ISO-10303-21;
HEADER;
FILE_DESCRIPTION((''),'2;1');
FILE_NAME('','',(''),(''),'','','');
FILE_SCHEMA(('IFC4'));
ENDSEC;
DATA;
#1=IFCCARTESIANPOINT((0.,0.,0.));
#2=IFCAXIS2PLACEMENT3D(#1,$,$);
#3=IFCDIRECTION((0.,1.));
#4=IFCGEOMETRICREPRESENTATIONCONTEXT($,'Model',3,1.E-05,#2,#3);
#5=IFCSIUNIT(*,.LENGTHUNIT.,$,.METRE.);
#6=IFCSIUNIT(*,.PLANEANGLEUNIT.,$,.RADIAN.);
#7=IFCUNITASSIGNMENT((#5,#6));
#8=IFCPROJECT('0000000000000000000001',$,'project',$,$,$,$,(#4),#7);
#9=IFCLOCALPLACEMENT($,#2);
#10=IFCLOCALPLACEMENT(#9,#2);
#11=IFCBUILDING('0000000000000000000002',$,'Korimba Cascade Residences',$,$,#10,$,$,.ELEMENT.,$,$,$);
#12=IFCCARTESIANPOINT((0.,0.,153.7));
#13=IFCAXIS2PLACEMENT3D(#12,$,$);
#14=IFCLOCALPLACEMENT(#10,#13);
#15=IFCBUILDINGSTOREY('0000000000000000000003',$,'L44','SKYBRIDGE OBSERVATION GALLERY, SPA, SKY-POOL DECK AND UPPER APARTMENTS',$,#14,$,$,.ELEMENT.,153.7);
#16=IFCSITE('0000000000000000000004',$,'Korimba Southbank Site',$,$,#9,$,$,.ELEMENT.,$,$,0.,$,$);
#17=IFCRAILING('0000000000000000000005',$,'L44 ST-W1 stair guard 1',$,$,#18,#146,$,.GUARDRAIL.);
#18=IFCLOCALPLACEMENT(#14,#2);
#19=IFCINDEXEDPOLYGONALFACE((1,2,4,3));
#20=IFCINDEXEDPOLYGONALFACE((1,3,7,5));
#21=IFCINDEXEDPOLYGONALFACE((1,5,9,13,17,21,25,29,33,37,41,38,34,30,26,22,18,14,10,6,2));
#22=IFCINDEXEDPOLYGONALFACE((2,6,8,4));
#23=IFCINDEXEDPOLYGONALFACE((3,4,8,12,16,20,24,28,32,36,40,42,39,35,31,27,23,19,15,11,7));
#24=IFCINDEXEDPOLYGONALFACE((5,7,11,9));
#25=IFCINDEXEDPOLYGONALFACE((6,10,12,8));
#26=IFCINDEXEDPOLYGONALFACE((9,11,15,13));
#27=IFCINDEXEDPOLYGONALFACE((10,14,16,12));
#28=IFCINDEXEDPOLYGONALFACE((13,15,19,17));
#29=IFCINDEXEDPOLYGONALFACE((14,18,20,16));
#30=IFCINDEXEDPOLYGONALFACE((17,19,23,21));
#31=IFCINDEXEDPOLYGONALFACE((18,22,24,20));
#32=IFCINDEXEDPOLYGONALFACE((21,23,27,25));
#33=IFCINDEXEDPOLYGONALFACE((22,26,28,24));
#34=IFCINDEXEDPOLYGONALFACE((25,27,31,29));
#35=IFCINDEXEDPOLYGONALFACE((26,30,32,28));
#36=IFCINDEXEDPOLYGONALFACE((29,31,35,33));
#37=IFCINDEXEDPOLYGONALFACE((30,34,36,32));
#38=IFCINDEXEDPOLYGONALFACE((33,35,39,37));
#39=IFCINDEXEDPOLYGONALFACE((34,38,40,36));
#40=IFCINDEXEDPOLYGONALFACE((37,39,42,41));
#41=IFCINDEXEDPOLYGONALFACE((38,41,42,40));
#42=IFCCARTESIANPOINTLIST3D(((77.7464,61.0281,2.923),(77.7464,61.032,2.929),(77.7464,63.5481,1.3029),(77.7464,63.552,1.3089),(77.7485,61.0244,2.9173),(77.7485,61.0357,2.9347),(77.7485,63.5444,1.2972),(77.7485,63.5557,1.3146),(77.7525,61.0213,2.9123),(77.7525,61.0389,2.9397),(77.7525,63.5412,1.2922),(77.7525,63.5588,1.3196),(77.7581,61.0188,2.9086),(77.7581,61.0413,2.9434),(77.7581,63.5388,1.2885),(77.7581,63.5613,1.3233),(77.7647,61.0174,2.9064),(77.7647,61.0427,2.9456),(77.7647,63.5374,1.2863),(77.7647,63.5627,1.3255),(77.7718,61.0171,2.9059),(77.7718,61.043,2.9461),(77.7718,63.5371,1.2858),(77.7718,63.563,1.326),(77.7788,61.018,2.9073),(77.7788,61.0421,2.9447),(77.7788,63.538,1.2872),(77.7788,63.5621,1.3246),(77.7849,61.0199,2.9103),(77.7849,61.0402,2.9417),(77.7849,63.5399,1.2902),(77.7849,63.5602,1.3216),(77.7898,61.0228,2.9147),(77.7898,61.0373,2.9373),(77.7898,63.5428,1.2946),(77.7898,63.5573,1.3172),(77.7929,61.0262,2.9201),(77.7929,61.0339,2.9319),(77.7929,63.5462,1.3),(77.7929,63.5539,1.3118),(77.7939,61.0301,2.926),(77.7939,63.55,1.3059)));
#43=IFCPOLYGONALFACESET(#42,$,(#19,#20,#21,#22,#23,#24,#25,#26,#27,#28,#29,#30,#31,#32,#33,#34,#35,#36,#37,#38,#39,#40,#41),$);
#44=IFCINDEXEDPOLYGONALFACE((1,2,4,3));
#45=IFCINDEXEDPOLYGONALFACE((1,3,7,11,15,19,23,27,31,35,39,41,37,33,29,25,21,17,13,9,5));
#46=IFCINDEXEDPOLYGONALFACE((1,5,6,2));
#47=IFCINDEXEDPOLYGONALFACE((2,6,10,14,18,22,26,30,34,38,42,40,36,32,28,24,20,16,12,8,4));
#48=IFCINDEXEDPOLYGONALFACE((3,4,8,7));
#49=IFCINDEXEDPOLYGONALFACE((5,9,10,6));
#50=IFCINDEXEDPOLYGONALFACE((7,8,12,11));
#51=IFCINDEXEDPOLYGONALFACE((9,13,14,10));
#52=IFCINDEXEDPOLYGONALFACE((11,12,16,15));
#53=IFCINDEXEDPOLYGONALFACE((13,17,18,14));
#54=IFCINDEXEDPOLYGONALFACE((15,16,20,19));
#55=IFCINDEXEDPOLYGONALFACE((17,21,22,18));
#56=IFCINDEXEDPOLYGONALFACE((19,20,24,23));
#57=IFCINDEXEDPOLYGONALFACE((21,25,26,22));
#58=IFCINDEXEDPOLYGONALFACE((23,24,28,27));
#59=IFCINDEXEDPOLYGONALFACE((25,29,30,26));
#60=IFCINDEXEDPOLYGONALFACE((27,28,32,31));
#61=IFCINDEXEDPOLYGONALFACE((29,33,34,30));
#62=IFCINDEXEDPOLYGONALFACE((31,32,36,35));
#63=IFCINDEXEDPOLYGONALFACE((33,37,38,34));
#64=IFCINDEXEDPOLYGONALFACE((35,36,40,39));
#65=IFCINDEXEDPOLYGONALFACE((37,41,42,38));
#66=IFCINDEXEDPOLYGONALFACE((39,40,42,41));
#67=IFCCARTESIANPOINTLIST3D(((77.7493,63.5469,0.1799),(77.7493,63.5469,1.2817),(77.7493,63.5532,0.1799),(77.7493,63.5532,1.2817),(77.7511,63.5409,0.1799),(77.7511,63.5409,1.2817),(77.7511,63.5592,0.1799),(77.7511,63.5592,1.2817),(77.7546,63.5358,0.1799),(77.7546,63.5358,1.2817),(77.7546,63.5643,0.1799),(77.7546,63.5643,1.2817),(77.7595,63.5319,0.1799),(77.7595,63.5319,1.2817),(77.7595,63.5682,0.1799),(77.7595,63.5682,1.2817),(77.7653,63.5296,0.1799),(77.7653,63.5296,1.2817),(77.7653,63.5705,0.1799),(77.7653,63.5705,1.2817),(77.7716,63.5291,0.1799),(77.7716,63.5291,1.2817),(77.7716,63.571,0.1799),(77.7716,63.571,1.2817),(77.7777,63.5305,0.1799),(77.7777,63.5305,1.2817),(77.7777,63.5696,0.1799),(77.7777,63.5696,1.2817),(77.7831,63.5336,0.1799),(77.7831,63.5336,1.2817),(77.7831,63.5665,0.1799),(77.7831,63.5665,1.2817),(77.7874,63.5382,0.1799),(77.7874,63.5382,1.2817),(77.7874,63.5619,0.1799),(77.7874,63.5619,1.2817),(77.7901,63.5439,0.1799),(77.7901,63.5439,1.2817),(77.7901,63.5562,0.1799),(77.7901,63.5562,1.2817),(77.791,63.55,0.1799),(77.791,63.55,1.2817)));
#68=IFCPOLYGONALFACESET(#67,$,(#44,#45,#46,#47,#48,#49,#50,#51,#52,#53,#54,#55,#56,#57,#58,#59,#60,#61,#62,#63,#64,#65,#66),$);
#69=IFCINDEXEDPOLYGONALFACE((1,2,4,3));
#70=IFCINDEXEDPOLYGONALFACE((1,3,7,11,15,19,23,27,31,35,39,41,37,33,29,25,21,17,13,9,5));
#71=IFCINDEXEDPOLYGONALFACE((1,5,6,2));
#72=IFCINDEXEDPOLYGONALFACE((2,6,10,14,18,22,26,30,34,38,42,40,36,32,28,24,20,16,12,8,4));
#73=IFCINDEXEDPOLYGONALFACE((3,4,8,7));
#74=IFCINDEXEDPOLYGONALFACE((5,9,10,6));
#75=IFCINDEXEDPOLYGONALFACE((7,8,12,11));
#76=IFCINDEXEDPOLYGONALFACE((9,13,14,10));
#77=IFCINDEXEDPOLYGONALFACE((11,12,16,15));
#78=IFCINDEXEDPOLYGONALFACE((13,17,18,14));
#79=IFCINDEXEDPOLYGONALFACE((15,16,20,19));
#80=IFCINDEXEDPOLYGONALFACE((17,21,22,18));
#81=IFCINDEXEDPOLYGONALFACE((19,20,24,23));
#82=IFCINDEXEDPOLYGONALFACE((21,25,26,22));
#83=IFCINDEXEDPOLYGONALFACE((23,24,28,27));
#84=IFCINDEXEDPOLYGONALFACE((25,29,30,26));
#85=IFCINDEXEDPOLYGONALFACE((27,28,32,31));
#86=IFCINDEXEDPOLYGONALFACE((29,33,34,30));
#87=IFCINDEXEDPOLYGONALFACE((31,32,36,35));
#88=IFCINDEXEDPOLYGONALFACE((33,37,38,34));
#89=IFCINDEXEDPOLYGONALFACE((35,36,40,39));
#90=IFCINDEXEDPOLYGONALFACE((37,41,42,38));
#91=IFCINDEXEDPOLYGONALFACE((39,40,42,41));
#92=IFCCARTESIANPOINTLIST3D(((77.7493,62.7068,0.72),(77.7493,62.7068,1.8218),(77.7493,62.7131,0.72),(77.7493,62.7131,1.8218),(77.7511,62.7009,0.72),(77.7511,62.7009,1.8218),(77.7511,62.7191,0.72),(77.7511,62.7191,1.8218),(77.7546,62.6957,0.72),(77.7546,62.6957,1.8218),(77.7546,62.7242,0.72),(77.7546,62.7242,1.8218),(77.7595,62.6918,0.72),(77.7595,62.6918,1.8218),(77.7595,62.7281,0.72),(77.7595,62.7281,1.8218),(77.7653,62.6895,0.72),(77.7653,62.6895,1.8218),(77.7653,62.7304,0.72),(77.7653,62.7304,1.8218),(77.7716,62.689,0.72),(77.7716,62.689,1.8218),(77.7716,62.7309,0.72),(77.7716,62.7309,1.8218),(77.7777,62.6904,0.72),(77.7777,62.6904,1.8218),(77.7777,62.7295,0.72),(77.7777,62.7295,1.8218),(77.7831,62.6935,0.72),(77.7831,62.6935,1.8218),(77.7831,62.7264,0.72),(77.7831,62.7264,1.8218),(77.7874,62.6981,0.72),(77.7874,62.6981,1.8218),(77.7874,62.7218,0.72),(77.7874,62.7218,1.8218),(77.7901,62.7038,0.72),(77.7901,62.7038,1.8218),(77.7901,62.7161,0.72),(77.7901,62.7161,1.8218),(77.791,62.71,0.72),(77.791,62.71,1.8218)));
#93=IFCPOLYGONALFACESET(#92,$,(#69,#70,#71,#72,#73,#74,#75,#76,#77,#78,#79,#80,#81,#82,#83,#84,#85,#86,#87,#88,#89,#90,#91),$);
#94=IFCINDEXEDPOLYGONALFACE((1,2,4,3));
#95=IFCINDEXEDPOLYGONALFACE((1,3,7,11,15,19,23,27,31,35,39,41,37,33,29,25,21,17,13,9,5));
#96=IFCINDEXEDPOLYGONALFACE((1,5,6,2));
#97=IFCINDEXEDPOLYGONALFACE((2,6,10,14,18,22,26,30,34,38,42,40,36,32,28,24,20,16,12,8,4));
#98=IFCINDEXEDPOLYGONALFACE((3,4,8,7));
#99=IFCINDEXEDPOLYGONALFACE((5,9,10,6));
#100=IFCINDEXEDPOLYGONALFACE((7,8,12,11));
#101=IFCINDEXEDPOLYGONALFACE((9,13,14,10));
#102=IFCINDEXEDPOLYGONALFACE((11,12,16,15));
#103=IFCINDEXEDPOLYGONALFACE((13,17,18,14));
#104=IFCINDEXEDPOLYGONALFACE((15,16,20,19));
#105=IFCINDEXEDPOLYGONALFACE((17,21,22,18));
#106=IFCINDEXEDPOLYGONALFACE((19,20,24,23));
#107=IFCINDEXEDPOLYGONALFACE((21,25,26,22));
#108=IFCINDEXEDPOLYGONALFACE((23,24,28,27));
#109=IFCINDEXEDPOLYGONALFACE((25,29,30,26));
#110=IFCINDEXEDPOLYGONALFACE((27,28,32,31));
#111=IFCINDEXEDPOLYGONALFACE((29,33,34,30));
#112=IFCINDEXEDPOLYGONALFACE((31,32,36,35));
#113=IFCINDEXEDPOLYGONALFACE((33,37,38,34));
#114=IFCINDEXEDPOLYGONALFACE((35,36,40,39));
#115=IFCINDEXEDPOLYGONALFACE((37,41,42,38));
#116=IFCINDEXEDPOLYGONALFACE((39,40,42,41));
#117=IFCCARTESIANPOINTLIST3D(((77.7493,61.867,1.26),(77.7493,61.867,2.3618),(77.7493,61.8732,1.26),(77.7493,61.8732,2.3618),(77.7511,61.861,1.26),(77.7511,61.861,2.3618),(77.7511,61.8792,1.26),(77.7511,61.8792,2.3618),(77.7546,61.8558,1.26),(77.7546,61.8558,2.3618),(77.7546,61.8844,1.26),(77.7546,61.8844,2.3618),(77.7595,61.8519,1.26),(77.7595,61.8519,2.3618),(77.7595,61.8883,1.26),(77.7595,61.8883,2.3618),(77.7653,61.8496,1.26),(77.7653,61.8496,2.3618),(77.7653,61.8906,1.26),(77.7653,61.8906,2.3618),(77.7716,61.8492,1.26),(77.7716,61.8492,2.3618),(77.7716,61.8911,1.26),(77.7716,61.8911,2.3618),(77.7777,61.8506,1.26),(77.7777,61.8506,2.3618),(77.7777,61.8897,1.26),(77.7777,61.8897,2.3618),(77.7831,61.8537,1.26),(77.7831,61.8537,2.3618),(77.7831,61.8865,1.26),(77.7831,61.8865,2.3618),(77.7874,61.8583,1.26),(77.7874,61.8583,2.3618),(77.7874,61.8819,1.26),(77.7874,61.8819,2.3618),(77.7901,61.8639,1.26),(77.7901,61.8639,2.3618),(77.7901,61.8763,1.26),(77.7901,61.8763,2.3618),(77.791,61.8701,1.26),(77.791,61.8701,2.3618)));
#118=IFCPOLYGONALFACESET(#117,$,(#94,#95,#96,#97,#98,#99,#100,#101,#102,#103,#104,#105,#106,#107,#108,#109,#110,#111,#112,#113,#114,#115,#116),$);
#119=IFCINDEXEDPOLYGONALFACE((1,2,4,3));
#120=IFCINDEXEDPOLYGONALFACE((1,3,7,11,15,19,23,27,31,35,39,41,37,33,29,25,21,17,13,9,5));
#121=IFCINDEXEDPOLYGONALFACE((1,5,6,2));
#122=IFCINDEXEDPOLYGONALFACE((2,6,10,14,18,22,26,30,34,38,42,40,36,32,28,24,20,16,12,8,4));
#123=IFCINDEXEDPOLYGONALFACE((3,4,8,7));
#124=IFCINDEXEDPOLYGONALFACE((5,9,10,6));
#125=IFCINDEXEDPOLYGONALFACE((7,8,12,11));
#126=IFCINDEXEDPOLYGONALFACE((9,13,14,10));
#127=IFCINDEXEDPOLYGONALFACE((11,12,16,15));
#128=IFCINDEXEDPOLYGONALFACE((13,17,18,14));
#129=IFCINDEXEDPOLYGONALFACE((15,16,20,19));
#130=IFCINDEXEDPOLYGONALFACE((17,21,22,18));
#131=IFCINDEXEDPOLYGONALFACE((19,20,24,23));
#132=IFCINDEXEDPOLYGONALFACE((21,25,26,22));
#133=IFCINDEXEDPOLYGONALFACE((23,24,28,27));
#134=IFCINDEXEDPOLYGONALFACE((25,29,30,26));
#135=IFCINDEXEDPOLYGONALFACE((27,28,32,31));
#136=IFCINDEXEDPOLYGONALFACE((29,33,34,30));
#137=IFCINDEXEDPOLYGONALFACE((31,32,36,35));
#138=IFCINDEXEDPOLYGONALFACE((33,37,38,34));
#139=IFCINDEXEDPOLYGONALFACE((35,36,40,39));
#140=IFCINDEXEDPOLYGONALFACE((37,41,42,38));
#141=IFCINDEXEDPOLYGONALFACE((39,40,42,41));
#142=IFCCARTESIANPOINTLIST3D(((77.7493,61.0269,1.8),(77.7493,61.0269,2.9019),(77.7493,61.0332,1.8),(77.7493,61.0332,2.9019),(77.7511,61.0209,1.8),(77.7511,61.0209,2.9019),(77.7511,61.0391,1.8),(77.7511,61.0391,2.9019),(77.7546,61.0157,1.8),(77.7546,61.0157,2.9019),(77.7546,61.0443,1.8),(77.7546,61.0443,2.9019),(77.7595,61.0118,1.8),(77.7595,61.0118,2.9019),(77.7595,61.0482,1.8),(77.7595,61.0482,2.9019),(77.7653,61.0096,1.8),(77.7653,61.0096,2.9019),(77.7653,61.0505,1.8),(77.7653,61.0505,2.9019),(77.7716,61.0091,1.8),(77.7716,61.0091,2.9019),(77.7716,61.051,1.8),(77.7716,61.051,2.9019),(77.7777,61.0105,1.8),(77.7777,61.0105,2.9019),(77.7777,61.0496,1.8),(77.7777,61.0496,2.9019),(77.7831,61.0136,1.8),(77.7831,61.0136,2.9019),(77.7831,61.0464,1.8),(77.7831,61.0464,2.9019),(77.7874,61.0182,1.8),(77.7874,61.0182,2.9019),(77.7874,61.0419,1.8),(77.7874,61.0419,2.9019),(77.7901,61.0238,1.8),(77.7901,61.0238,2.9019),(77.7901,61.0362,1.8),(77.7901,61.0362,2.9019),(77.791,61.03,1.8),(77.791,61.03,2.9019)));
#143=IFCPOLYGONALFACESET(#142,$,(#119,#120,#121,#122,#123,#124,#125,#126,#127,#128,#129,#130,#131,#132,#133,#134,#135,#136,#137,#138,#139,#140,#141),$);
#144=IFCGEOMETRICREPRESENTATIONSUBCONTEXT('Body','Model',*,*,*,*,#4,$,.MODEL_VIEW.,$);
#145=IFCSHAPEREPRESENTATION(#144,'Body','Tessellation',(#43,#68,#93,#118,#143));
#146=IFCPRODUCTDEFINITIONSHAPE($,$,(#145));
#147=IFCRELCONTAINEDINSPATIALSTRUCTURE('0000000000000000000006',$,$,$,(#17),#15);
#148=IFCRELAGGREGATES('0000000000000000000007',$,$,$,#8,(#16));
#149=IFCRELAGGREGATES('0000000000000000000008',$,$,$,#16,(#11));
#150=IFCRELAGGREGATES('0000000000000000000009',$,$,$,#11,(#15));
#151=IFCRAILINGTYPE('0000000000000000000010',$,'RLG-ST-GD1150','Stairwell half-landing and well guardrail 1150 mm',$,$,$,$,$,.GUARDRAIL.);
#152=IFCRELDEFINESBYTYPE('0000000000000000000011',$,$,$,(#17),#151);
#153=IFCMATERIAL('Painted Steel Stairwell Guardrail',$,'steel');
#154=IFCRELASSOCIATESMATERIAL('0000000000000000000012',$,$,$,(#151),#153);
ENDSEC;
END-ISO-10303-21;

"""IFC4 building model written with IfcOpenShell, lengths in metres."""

from ifc_helpers import new_model, si_unit, direction, frame, origin, origin_2d, place, context, subcontext, project, spatial, circle, extrude, material, type_object, element, save


model = new_model("IFC4")

# Units and contexts
model_context = context("Model", 3, precision=1e-05, world=origin(), true_north=direction((0.0, 1.0)))
body_context = subcontext(model_context, "Body", "Model", "MODEL_VIEW")
ifc_project = project(units=[si_unit("LENGTHUNIT", "METRE"), si_unit("PLANEANGLEUNIT", "RADIAN")], contexts=[model_context])

# Site, building, storey
site_placement = place(None, origin())
site = spatial("IfcSite", under=ifc_project, at=site_placement, Name="Korimba Southbank Site", CompositionType="ELEMENT", RefElevation=0.0)
building_placement = place(site_placement, origin())
building = spatial("IfcBuilding", under=site, at=building_placement, Name="Korimba Cascade Residences", CompositionType="ELEMENT")
storey_placement = place(building_placement, frame((0.0, 0.0, 153.7)))
storey = spatial("IfcBuildingStorey", under=building, at=storey_placement, Name="L44", Description="SKYBRIDGE OBSERVATION GALLERY, SPA, SKY-POOL DECK AND UPPER APARTMENTS", CompositionType="ELEMENT", Elevation=153.7)

# Railing
ifc_material_1 = material(Name="Painted Steel Stairwell Guardrail", Category="steel")
railing_type_1 = type_object("IfcRailingType", Name="RLG-ST-GD1150", Description="Stairwell half-landing and well guardrail 1150 mm", PredefinedType="GUARDRAIL", material=ifc_material_1)
railing_1_placement = place(storey_placement, frame((77.77, 63.55, 0.1799)))
element("IfcRailing", 1, at=railing_1_placement, inside=storey, type_object=railing_type_1, Name="L44 ST-W1 stair guard 1", PredefinedType="GUARDRAIL", context=body_context, shape_type="SweptSolid", body=[
    extrude(circle(Radius=0.0239, at=origin_2d()), frame((0.0, 0.0, 1.126), z_axis=(0.0, -0.841163, 0.540782), x_axis=(1.0, 0.0, 0.0)), (0.0, 0.0, 1.0), 2.9958),
    extrude(circle(Radius=0.021, at=origin_2d()), origin(), (0.0, 0.0, 1.0), 1.1018),
    extrude(circle(Radius=0.021, at=origin_2d()), frame((0.0, -0.8401, 0.54)), (0.0, 0.0, 1.0), 1.1018),
    extrude(circle(Radius=0.021, at=origin_2d()), frame((0.0, -1.6799, 1.0801)), (0.0, 0.0, 1.0), 1.1018),
    extrude(circle(Radius=0.021, at=origin_2d()), frame((0.0, -2.52, 1.6201)), (0.0, 0.0, 1.0), 1.1018),
])

save(model, "model.ifc")
